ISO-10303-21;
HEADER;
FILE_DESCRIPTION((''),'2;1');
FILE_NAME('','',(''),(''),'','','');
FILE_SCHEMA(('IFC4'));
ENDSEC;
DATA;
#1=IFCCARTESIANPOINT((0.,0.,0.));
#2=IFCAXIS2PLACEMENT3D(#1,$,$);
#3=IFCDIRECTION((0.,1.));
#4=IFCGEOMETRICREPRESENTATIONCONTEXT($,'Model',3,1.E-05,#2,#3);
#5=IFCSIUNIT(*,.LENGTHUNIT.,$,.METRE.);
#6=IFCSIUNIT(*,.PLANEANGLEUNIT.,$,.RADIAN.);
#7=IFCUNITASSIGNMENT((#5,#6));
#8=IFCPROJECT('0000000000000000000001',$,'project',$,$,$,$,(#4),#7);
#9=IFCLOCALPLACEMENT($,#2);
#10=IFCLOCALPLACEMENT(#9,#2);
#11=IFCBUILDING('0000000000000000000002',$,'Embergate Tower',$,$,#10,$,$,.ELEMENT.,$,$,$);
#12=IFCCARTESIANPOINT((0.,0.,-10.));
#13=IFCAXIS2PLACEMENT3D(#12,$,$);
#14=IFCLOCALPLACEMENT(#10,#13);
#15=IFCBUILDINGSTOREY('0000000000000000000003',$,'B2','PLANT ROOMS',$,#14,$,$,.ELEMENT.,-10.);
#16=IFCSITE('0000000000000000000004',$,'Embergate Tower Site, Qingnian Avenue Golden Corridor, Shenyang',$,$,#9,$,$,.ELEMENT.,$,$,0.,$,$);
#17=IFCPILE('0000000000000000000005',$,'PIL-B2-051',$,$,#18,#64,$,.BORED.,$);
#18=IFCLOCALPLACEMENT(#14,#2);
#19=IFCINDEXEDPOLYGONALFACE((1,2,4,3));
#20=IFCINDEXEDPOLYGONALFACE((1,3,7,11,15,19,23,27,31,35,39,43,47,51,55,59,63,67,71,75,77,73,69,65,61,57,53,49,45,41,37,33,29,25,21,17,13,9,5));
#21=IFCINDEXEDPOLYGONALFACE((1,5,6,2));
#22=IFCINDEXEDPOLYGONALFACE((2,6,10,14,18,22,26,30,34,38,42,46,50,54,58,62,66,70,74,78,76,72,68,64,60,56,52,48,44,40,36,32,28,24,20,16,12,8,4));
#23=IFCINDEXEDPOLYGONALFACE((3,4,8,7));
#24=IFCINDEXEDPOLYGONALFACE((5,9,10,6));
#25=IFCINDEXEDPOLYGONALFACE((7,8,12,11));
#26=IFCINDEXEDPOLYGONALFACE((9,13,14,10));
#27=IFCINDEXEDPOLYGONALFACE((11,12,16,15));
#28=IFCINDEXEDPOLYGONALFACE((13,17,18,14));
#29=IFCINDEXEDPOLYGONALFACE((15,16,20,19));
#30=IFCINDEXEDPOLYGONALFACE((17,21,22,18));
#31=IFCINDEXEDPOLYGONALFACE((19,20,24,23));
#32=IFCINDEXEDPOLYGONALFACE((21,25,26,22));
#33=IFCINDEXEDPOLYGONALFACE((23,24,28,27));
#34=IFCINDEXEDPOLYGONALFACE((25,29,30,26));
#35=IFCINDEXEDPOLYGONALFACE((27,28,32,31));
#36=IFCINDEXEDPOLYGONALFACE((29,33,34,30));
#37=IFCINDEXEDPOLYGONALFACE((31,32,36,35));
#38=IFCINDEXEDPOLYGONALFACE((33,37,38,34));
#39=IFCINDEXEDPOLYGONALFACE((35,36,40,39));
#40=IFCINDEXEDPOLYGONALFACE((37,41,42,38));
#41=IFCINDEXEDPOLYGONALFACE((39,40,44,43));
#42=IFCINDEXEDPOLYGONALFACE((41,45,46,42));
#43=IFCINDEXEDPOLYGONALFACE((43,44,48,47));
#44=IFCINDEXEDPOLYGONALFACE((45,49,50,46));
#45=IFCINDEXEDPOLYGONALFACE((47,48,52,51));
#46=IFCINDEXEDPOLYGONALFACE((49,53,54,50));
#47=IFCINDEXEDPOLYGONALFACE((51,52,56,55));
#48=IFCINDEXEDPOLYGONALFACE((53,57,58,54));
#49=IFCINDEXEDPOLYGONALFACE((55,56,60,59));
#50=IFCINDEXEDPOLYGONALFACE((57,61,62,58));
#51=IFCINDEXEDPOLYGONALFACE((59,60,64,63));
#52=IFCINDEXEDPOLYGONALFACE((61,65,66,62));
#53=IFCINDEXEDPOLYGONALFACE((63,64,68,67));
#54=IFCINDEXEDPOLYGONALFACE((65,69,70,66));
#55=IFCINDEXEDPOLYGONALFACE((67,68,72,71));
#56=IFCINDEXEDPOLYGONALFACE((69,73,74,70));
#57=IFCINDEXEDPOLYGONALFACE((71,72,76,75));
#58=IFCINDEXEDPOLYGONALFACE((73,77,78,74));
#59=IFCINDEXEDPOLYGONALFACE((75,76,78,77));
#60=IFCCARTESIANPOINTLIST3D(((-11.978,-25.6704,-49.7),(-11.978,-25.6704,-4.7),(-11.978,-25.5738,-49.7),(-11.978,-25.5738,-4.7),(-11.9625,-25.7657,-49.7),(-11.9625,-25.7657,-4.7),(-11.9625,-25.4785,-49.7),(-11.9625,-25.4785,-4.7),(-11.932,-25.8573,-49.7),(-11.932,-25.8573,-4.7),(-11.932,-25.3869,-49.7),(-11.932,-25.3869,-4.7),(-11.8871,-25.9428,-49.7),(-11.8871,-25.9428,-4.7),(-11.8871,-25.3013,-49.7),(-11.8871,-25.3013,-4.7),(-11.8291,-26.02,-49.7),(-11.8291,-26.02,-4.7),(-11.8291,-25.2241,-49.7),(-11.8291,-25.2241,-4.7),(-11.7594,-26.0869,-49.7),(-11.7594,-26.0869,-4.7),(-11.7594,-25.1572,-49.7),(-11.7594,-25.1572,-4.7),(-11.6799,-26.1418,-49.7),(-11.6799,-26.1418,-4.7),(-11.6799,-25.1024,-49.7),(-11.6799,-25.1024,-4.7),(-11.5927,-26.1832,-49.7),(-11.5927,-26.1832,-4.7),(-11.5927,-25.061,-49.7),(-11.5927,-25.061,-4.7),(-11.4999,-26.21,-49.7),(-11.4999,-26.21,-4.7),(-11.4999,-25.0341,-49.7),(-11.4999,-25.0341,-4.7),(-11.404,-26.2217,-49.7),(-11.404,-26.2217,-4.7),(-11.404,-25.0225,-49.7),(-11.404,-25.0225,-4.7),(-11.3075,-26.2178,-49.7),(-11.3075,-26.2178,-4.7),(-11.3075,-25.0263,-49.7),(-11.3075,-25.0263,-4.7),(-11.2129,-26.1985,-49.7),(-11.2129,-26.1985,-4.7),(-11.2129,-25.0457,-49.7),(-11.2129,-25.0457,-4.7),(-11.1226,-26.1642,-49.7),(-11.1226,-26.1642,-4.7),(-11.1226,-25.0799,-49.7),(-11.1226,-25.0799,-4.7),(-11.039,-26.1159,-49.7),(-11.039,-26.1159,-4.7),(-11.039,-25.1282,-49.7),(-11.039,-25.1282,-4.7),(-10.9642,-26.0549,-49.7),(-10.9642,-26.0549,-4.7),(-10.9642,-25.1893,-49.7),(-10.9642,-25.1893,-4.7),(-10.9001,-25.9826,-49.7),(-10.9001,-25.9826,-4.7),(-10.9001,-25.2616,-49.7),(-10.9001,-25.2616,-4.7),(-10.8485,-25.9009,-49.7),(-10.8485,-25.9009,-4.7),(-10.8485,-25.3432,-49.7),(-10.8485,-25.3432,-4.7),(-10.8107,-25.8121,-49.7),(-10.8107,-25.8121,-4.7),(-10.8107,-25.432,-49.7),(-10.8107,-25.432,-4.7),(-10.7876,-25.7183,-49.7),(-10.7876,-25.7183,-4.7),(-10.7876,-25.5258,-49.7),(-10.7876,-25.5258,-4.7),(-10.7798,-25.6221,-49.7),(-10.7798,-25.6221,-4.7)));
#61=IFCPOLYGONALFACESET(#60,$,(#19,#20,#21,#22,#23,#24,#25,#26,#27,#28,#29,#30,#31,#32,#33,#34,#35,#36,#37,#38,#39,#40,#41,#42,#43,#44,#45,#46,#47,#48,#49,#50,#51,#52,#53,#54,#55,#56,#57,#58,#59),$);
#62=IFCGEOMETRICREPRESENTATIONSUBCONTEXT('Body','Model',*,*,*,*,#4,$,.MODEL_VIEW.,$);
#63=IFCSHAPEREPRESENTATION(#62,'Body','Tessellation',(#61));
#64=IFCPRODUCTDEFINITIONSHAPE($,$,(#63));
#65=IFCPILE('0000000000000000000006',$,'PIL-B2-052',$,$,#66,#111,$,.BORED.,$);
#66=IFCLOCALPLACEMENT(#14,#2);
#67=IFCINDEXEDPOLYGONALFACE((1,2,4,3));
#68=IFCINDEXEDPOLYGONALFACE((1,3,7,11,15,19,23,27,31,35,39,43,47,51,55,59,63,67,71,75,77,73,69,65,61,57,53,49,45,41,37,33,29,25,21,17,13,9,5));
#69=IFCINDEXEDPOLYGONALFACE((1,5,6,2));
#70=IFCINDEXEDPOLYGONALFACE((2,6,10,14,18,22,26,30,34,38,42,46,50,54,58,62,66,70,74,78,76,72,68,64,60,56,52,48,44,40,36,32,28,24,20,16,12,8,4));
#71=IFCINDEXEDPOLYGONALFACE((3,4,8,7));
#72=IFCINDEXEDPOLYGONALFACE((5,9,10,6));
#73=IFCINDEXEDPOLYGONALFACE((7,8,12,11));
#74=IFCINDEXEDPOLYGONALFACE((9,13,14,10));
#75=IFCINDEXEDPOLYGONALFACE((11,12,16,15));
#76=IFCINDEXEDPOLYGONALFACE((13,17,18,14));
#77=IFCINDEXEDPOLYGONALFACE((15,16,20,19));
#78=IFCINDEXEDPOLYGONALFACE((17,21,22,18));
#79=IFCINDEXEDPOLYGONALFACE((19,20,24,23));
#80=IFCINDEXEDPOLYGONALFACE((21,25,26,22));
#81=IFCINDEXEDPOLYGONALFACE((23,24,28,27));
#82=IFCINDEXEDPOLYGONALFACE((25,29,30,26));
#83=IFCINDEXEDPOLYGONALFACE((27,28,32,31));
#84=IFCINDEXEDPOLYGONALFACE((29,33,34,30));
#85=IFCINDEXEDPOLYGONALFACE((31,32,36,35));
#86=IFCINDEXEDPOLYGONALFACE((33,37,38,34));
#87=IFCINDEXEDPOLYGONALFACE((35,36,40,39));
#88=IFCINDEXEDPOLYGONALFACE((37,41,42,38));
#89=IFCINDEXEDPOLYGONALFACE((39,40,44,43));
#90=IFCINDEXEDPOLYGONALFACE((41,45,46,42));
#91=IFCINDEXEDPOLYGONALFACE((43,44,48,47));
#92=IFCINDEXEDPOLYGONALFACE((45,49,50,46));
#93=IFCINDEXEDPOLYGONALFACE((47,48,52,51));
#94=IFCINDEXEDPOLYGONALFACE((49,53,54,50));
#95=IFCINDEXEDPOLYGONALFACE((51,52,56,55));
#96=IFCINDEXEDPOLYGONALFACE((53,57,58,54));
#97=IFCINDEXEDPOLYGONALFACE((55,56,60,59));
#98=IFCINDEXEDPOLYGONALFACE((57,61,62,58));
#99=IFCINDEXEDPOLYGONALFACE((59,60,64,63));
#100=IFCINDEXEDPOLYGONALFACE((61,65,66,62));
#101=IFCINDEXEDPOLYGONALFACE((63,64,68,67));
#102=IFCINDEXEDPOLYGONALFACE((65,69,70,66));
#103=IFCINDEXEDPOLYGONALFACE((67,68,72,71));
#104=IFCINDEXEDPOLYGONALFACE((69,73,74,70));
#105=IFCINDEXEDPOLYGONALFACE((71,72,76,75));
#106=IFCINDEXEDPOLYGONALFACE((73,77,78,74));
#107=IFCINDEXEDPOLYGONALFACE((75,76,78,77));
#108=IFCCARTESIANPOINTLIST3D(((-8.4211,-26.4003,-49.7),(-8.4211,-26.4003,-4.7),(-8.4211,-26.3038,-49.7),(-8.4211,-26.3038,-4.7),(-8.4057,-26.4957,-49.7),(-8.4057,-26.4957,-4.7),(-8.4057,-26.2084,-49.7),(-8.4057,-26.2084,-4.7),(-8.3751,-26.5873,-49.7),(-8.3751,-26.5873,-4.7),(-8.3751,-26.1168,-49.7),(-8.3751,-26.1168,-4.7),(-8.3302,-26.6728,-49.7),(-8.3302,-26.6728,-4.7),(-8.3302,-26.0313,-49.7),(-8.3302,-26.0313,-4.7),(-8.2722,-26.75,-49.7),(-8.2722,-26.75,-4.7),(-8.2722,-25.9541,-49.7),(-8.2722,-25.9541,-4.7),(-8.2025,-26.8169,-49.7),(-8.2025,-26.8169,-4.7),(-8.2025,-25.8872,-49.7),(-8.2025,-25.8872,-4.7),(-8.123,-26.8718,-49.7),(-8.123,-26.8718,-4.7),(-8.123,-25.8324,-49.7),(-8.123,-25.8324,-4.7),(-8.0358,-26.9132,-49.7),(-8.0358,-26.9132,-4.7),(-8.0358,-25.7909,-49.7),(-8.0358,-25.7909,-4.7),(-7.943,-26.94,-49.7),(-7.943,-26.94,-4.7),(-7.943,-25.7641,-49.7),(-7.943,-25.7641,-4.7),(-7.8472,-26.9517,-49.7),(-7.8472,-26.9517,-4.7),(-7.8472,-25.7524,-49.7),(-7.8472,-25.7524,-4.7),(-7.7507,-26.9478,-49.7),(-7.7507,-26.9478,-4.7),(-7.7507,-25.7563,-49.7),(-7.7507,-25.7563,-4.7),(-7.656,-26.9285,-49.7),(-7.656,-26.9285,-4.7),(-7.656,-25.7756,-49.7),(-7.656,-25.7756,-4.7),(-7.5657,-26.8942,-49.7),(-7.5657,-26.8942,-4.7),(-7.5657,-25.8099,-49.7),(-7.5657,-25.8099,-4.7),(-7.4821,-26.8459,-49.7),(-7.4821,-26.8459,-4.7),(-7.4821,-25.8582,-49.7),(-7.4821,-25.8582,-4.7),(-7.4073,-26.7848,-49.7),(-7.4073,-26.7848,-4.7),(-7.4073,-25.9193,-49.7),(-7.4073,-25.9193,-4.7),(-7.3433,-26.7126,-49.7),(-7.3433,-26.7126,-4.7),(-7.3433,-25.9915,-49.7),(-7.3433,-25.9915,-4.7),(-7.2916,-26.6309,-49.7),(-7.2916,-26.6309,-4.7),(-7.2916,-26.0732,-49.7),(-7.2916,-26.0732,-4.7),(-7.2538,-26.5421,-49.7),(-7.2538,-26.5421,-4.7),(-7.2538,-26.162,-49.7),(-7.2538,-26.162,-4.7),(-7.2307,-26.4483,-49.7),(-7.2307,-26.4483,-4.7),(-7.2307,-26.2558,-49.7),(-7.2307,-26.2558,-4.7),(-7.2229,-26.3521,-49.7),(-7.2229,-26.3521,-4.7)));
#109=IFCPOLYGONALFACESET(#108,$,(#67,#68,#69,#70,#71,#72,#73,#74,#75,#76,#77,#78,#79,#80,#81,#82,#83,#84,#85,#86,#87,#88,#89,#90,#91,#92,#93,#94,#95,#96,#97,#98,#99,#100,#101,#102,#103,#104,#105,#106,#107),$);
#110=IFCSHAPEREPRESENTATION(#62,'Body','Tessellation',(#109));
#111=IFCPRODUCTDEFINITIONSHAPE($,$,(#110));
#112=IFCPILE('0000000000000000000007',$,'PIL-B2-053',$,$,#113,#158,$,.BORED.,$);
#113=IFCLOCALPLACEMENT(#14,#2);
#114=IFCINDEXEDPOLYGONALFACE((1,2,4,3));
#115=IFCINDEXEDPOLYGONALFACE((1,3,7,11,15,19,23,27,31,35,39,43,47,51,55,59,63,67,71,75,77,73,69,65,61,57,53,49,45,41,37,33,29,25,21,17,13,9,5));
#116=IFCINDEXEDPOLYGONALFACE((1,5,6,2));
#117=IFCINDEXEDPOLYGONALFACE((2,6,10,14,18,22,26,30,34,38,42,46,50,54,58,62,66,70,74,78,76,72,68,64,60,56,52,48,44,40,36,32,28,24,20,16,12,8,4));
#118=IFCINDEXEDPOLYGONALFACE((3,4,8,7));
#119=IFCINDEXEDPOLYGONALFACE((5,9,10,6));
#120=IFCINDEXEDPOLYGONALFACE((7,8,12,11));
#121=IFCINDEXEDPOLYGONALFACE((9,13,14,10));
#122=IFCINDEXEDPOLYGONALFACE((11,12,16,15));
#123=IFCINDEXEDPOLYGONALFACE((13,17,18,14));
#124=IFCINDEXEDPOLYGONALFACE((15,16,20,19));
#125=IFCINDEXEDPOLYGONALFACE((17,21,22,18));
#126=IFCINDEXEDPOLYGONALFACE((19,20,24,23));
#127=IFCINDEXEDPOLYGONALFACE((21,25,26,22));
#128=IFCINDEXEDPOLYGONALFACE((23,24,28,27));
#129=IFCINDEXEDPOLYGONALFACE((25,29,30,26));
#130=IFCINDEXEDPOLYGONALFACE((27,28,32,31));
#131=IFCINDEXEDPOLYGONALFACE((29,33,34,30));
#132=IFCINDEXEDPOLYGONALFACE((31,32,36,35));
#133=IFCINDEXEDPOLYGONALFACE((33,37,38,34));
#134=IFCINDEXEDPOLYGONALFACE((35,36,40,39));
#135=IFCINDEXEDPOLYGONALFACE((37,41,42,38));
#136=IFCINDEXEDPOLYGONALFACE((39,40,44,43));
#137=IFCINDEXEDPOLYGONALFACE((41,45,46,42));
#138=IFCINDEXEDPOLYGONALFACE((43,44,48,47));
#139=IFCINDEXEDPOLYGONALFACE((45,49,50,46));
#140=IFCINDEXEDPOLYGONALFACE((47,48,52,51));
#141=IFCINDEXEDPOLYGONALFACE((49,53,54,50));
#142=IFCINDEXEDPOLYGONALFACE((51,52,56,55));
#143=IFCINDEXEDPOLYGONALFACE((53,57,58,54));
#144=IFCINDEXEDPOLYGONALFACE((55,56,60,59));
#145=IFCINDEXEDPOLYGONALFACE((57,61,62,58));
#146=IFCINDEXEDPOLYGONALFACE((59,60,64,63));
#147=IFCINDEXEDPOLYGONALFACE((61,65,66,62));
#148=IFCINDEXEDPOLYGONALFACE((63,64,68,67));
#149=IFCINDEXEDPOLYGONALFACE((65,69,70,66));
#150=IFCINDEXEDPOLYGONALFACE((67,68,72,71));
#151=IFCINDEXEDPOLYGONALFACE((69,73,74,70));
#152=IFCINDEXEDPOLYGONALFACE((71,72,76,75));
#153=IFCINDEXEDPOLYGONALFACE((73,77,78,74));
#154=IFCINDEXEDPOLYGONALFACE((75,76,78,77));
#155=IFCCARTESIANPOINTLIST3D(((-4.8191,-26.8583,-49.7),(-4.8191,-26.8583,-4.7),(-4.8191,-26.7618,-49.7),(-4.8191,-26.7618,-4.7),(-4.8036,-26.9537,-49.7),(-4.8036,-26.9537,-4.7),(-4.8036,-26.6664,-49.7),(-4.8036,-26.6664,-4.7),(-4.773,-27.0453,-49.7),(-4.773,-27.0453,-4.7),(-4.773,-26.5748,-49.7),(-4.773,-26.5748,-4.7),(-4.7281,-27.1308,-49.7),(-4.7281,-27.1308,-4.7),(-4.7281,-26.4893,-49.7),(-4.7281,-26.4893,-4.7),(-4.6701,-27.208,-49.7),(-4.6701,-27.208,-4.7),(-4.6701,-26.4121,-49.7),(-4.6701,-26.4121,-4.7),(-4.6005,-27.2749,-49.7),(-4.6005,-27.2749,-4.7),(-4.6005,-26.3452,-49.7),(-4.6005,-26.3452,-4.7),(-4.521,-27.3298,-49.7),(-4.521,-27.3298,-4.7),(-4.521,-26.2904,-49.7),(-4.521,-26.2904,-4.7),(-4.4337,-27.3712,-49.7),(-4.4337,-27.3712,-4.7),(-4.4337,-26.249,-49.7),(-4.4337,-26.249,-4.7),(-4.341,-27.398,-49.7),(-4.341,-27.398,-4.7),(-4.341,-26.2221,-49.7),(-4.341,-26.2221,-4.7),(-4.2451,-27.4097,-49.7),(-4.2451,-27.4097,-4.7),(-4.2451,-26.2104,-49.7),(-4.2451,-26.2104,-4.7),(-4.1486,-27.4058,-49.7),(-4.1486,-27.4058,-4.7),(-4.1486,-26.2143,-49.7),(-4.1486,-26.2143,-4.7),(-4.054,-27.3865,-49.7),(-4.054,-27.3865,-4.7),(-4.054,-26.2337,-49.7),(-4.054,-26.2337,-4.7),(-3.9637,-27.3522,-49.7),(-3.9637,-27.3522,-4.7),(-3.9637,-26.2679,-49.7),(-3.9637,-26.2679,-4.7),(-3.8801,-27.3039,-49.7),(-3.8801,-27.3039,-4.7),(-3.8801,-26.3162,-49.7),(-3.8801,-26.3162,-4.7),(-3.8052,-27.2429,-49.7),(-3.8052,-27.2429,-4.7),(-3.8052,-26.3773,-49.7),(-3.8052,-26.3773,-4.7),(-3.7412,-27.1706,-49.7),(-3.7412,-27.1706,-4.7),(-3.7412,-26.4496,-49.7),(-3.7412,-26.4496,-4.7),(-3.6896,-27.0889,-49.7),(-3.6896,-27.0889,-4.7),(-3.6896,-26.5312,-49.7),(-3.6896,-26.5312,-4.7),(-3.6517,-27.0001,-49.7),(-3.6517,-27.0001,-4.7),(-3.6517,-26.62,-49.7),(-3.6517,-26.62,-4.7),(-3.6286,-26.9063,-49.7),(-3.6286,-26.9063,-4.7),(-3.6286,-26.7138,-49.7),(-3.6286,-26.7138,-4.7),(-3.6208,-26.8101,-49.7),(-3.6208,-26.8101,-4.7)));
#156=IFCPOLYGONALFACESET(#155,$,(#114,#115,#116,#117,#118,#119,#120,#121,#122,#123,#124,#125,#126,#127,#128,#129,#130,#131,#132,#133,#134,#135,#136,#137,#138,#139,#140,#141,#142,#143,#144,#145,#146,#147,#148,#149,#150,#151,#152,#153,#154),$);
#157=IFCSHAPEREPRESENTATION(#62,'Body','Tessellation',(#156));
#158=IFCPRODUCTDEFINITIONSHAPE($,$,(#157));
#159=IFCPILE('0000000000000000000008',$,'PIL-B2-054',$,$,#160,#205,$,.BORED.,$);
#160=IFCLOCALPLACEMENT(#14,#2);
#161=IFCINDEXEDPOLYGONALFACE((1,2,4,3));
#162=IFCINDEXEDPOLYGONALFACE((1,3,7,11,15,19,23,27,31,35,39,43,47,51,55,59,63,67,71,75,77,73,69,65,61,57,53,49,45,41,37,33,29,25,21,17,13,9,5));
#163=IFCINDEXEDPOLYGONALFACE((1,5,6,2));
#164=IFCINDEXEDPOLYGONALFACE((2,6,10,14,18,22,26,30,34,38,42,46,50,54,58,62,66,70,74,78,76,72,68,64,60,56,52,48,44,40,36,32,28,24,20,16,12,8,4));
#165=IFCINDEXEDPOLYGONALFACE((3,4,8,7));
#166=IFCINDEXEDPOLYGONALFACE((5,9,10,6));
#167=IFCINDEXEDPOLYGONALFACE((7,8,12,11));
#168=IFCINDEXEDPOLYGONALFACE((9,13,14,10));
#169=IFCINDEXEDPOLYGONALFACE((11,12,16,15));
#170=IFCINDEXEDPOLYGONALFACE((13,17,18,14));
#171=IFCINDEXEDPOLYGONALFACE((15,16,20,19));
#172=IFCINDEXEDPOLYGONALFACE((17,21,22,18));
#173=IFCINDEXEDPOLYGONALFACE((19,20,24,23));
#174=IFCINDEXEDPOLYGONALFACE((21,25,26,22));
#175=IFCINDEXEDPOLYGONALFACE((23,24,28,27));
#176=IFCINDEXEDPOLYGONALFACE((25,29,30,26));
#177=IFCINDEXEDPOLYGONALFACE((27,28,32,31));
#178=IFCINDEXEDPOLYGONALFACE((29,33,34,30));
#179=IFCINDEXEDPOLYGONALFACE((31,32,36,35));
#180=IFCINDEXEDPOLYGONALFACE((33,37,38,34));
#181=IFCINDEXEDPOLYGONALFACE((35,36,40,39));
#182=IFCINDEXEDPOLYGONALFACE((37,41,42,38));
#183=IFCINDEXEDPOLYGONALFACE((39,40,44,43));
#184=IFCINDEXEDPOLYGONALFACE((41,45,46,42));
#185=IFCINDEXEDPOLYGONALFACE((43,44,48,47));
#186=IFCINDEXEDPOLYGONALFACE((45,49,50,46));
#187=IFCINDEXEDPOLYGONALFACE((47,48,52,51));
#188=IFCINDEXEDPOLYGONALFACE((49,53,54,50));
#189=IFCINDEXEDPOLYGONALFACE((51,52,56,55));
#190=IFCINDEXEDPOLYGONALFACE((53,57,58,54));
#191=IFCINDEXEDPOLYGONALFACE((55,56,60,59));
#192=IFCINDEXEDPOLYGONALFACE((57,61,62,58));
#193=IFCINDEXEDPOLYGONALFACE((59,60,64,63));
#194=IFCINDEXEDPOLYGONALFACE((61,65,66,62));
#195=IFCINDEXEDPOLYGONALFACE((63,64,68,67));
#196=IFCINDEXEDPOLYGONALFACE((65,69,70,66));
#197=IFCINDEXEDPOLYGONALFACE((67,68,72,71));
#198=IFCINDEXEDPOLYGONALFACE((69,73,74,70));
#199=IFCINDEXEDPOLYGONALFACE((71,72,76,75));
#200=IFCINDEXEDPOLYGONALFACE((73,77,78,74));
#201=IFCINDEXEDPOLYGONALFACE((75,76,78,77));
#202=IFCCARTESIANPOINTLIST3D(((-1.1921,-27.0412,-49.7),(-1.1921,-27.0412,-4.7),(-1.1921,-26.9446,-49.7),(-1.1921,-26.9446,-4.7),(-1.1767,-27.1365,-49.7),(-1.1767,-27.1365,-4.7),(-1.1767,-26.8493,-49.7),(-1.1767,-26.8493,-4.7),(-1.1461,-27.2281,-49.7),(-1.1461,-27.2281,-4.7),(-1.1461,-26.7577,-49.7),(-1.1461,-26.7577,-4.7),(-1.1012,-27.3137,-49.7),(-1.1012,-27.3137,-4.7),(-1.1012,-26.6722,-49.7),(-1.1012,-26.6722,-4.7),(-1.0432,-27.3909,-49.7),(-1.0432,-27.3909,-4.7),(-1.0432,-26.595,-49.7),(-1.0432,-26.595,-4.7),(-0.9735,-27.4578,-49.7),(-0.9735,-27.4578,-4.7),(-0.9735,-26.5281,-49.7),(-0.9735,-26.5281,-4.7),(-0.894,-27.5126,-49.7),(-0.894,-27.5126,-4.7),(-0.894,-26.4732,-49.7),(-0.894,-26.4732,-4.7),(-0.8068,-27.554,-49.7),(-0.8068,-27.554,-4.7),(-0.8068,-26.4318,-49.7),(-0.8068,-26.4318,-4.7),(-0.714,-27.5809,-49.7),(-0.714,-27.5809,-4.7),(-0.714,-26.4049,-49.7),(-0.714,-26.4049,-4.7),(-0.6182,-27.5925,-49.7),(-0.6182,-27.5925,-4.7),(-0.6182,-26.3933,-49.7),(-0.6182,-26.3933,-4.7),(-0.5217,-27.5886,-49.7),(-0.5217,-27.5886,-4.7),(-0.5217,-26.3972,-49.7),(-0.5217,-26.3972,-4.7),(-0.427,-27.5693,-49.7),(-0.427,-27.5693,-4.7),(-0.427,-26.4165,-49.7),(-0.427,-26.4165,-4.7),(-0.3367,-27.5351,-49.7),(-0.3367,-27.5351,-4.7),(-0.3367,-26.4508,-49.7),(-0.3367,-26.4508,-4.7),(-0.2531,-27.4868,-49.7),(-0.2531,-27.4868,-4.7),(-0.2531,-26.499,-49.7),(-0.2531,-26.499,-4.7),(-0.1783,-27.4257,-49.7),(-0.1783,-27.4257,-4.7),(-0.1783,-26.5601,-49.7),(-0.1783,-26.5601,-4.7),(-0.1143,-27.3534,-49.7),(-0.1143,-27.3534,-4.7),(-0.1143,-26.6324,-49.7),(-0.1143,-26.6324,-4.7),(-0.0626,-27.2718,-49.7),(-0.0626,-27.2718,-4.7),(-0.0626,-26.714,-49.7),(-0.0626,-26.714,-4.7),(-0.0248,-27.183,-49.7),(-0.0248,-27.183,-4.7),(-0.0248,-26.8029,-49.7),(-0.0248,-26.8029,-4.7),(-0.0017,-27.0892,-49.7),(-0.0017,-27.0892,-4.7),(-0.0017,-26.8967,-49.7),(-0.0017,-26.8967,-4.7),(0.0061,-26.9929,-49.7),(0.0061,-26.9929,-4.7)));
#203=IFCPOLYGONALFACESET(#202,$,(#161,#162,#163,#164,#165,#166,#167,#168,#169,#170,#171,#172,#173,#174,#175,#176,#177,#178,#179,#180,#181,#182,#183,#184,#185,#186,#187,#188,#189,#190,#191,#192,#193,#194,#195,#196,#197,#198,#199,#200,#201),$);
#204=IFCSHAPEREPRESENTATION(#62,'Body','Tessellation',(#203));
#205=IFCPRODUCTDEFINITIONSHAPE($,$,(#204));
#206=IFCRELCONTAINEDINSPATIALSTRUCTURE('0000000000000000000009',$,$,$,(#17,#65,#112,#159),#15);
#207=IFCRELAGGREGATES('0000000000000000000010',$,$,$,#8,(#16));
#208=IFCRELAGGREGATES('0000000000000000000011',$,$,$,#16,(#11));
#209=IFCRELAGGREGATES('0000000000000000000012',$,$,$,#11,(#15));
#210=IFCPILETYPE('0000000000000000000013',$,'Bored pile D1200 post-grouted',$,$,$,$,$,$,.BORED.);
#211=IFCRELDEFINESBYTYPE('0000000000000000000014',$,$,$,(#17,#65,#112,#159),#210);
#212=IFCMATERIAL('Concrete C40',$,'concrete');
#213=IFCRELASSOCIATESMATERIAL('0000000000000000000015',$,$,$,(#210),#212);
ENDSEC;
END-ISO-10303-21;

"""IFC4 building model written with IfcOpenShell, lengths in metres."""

from ifc_helpers import new_model, si_unit, direction, frame, origin, origin_2d, place, context, subcontext, project, spatial, circle, extrude, source, transform, mapped, material, material_profile, profile_set, type_object, element, save


model = new_model("IFC4")

# Units and contexts
model_context = context("Model", 3, precision=1e-05, world=origin(), true_north=direction((0.0, 1.0)))
body_context = subcontext(model_context, "Body", "Model", "MODEL_VIEW")
ifc_project = project(units=[si_unit("LENGTHUNIT", "METRE"), si_unit("PLANEANGLEUNIT", "RADIAN")], contexts=[model_context])

# Site, building, storey
site_placement = place(None, origin())
site = spatial("IfcSite", under=ifc_project, at=site_placement, Name="Embergate Tower Site, Qingnian Avenue Golden Corridor, Shenyang", CompositionType="ELEMENT", RefElevation=0.0)
building_placement = place(site_placement, origin())
building = spatial("IfcBuilding", under=site, at=building_placement, Name="Embergate Tower", CompositionType="ELEMENT")
storey_placement = place(building_placement, frame((0.0, 0.0, -10.0)))
storey = spatial("IfcBuildingStorey", under=building, at=storey_placement, Name="B2", Description="PLANT ROOMS", CompositionType="ELEMENT", Elevation=-10.0)

# Piles
ifc_material_1 = material(Name="Concrete C40", Category="concrete")
ifc_material_profile = material_profile(ifc_material_1, circle(Radius=0.6001, at=origin_2d()), Name="D1200")
ifc_profile_set = profile_set([ifc_material_profile], Name="Concrete C40")
pile_type = type_object("IfcPileType", Name="Bored pile D1200 post-grouted", PredefinedType="BORED", material=ifc_profile_set)
shared_shape_1 = source(origin(), body_context, "Body", "SweptSolid", [
    extrude(circle(Radius=0.6001, at=origin_2d()), origin(), (0.0, 0.0, 1.0), 45.0),
])
for number, where, z_axis, x_axis, name in (
    (1, (-11.3799, -25.6221, -4.7), (0.0, 0.0, -1.0), (1.0, 0.0, 0.0), "PIL-B2-051"),
    (2, (-7.823, -26.3521, -4.7), (0.0, 0.0, -1.0), (1.0, 0.0, 0.0), "PIL-B2-052"),
    (3, (-4.2209, -26.8101, -4.7), (0.0, 0.0, -1.0), (1.0, 0.0, 0.0), "PIL-B2-053"),
    (4, (-0.594, -26.9929, -4.7), (0.0, 0.0, -1.0), (1.0, 0.0, 0.0), "PIL-B2-054"),
):
    element("IfcPile", number, at=place(storey_placement, frame(where, z_axis=z_axis, x_axis=x_axis)), inside=storey, type_object=pile_type, Name=name, PredefinedType="BORED", context=body_context, shape_type="MappedRepresentation", body=[
        mapped(shared_shape_1, transform((0.0, 0.0, 0.0))),
    ])

save(model, "model.ifc")
